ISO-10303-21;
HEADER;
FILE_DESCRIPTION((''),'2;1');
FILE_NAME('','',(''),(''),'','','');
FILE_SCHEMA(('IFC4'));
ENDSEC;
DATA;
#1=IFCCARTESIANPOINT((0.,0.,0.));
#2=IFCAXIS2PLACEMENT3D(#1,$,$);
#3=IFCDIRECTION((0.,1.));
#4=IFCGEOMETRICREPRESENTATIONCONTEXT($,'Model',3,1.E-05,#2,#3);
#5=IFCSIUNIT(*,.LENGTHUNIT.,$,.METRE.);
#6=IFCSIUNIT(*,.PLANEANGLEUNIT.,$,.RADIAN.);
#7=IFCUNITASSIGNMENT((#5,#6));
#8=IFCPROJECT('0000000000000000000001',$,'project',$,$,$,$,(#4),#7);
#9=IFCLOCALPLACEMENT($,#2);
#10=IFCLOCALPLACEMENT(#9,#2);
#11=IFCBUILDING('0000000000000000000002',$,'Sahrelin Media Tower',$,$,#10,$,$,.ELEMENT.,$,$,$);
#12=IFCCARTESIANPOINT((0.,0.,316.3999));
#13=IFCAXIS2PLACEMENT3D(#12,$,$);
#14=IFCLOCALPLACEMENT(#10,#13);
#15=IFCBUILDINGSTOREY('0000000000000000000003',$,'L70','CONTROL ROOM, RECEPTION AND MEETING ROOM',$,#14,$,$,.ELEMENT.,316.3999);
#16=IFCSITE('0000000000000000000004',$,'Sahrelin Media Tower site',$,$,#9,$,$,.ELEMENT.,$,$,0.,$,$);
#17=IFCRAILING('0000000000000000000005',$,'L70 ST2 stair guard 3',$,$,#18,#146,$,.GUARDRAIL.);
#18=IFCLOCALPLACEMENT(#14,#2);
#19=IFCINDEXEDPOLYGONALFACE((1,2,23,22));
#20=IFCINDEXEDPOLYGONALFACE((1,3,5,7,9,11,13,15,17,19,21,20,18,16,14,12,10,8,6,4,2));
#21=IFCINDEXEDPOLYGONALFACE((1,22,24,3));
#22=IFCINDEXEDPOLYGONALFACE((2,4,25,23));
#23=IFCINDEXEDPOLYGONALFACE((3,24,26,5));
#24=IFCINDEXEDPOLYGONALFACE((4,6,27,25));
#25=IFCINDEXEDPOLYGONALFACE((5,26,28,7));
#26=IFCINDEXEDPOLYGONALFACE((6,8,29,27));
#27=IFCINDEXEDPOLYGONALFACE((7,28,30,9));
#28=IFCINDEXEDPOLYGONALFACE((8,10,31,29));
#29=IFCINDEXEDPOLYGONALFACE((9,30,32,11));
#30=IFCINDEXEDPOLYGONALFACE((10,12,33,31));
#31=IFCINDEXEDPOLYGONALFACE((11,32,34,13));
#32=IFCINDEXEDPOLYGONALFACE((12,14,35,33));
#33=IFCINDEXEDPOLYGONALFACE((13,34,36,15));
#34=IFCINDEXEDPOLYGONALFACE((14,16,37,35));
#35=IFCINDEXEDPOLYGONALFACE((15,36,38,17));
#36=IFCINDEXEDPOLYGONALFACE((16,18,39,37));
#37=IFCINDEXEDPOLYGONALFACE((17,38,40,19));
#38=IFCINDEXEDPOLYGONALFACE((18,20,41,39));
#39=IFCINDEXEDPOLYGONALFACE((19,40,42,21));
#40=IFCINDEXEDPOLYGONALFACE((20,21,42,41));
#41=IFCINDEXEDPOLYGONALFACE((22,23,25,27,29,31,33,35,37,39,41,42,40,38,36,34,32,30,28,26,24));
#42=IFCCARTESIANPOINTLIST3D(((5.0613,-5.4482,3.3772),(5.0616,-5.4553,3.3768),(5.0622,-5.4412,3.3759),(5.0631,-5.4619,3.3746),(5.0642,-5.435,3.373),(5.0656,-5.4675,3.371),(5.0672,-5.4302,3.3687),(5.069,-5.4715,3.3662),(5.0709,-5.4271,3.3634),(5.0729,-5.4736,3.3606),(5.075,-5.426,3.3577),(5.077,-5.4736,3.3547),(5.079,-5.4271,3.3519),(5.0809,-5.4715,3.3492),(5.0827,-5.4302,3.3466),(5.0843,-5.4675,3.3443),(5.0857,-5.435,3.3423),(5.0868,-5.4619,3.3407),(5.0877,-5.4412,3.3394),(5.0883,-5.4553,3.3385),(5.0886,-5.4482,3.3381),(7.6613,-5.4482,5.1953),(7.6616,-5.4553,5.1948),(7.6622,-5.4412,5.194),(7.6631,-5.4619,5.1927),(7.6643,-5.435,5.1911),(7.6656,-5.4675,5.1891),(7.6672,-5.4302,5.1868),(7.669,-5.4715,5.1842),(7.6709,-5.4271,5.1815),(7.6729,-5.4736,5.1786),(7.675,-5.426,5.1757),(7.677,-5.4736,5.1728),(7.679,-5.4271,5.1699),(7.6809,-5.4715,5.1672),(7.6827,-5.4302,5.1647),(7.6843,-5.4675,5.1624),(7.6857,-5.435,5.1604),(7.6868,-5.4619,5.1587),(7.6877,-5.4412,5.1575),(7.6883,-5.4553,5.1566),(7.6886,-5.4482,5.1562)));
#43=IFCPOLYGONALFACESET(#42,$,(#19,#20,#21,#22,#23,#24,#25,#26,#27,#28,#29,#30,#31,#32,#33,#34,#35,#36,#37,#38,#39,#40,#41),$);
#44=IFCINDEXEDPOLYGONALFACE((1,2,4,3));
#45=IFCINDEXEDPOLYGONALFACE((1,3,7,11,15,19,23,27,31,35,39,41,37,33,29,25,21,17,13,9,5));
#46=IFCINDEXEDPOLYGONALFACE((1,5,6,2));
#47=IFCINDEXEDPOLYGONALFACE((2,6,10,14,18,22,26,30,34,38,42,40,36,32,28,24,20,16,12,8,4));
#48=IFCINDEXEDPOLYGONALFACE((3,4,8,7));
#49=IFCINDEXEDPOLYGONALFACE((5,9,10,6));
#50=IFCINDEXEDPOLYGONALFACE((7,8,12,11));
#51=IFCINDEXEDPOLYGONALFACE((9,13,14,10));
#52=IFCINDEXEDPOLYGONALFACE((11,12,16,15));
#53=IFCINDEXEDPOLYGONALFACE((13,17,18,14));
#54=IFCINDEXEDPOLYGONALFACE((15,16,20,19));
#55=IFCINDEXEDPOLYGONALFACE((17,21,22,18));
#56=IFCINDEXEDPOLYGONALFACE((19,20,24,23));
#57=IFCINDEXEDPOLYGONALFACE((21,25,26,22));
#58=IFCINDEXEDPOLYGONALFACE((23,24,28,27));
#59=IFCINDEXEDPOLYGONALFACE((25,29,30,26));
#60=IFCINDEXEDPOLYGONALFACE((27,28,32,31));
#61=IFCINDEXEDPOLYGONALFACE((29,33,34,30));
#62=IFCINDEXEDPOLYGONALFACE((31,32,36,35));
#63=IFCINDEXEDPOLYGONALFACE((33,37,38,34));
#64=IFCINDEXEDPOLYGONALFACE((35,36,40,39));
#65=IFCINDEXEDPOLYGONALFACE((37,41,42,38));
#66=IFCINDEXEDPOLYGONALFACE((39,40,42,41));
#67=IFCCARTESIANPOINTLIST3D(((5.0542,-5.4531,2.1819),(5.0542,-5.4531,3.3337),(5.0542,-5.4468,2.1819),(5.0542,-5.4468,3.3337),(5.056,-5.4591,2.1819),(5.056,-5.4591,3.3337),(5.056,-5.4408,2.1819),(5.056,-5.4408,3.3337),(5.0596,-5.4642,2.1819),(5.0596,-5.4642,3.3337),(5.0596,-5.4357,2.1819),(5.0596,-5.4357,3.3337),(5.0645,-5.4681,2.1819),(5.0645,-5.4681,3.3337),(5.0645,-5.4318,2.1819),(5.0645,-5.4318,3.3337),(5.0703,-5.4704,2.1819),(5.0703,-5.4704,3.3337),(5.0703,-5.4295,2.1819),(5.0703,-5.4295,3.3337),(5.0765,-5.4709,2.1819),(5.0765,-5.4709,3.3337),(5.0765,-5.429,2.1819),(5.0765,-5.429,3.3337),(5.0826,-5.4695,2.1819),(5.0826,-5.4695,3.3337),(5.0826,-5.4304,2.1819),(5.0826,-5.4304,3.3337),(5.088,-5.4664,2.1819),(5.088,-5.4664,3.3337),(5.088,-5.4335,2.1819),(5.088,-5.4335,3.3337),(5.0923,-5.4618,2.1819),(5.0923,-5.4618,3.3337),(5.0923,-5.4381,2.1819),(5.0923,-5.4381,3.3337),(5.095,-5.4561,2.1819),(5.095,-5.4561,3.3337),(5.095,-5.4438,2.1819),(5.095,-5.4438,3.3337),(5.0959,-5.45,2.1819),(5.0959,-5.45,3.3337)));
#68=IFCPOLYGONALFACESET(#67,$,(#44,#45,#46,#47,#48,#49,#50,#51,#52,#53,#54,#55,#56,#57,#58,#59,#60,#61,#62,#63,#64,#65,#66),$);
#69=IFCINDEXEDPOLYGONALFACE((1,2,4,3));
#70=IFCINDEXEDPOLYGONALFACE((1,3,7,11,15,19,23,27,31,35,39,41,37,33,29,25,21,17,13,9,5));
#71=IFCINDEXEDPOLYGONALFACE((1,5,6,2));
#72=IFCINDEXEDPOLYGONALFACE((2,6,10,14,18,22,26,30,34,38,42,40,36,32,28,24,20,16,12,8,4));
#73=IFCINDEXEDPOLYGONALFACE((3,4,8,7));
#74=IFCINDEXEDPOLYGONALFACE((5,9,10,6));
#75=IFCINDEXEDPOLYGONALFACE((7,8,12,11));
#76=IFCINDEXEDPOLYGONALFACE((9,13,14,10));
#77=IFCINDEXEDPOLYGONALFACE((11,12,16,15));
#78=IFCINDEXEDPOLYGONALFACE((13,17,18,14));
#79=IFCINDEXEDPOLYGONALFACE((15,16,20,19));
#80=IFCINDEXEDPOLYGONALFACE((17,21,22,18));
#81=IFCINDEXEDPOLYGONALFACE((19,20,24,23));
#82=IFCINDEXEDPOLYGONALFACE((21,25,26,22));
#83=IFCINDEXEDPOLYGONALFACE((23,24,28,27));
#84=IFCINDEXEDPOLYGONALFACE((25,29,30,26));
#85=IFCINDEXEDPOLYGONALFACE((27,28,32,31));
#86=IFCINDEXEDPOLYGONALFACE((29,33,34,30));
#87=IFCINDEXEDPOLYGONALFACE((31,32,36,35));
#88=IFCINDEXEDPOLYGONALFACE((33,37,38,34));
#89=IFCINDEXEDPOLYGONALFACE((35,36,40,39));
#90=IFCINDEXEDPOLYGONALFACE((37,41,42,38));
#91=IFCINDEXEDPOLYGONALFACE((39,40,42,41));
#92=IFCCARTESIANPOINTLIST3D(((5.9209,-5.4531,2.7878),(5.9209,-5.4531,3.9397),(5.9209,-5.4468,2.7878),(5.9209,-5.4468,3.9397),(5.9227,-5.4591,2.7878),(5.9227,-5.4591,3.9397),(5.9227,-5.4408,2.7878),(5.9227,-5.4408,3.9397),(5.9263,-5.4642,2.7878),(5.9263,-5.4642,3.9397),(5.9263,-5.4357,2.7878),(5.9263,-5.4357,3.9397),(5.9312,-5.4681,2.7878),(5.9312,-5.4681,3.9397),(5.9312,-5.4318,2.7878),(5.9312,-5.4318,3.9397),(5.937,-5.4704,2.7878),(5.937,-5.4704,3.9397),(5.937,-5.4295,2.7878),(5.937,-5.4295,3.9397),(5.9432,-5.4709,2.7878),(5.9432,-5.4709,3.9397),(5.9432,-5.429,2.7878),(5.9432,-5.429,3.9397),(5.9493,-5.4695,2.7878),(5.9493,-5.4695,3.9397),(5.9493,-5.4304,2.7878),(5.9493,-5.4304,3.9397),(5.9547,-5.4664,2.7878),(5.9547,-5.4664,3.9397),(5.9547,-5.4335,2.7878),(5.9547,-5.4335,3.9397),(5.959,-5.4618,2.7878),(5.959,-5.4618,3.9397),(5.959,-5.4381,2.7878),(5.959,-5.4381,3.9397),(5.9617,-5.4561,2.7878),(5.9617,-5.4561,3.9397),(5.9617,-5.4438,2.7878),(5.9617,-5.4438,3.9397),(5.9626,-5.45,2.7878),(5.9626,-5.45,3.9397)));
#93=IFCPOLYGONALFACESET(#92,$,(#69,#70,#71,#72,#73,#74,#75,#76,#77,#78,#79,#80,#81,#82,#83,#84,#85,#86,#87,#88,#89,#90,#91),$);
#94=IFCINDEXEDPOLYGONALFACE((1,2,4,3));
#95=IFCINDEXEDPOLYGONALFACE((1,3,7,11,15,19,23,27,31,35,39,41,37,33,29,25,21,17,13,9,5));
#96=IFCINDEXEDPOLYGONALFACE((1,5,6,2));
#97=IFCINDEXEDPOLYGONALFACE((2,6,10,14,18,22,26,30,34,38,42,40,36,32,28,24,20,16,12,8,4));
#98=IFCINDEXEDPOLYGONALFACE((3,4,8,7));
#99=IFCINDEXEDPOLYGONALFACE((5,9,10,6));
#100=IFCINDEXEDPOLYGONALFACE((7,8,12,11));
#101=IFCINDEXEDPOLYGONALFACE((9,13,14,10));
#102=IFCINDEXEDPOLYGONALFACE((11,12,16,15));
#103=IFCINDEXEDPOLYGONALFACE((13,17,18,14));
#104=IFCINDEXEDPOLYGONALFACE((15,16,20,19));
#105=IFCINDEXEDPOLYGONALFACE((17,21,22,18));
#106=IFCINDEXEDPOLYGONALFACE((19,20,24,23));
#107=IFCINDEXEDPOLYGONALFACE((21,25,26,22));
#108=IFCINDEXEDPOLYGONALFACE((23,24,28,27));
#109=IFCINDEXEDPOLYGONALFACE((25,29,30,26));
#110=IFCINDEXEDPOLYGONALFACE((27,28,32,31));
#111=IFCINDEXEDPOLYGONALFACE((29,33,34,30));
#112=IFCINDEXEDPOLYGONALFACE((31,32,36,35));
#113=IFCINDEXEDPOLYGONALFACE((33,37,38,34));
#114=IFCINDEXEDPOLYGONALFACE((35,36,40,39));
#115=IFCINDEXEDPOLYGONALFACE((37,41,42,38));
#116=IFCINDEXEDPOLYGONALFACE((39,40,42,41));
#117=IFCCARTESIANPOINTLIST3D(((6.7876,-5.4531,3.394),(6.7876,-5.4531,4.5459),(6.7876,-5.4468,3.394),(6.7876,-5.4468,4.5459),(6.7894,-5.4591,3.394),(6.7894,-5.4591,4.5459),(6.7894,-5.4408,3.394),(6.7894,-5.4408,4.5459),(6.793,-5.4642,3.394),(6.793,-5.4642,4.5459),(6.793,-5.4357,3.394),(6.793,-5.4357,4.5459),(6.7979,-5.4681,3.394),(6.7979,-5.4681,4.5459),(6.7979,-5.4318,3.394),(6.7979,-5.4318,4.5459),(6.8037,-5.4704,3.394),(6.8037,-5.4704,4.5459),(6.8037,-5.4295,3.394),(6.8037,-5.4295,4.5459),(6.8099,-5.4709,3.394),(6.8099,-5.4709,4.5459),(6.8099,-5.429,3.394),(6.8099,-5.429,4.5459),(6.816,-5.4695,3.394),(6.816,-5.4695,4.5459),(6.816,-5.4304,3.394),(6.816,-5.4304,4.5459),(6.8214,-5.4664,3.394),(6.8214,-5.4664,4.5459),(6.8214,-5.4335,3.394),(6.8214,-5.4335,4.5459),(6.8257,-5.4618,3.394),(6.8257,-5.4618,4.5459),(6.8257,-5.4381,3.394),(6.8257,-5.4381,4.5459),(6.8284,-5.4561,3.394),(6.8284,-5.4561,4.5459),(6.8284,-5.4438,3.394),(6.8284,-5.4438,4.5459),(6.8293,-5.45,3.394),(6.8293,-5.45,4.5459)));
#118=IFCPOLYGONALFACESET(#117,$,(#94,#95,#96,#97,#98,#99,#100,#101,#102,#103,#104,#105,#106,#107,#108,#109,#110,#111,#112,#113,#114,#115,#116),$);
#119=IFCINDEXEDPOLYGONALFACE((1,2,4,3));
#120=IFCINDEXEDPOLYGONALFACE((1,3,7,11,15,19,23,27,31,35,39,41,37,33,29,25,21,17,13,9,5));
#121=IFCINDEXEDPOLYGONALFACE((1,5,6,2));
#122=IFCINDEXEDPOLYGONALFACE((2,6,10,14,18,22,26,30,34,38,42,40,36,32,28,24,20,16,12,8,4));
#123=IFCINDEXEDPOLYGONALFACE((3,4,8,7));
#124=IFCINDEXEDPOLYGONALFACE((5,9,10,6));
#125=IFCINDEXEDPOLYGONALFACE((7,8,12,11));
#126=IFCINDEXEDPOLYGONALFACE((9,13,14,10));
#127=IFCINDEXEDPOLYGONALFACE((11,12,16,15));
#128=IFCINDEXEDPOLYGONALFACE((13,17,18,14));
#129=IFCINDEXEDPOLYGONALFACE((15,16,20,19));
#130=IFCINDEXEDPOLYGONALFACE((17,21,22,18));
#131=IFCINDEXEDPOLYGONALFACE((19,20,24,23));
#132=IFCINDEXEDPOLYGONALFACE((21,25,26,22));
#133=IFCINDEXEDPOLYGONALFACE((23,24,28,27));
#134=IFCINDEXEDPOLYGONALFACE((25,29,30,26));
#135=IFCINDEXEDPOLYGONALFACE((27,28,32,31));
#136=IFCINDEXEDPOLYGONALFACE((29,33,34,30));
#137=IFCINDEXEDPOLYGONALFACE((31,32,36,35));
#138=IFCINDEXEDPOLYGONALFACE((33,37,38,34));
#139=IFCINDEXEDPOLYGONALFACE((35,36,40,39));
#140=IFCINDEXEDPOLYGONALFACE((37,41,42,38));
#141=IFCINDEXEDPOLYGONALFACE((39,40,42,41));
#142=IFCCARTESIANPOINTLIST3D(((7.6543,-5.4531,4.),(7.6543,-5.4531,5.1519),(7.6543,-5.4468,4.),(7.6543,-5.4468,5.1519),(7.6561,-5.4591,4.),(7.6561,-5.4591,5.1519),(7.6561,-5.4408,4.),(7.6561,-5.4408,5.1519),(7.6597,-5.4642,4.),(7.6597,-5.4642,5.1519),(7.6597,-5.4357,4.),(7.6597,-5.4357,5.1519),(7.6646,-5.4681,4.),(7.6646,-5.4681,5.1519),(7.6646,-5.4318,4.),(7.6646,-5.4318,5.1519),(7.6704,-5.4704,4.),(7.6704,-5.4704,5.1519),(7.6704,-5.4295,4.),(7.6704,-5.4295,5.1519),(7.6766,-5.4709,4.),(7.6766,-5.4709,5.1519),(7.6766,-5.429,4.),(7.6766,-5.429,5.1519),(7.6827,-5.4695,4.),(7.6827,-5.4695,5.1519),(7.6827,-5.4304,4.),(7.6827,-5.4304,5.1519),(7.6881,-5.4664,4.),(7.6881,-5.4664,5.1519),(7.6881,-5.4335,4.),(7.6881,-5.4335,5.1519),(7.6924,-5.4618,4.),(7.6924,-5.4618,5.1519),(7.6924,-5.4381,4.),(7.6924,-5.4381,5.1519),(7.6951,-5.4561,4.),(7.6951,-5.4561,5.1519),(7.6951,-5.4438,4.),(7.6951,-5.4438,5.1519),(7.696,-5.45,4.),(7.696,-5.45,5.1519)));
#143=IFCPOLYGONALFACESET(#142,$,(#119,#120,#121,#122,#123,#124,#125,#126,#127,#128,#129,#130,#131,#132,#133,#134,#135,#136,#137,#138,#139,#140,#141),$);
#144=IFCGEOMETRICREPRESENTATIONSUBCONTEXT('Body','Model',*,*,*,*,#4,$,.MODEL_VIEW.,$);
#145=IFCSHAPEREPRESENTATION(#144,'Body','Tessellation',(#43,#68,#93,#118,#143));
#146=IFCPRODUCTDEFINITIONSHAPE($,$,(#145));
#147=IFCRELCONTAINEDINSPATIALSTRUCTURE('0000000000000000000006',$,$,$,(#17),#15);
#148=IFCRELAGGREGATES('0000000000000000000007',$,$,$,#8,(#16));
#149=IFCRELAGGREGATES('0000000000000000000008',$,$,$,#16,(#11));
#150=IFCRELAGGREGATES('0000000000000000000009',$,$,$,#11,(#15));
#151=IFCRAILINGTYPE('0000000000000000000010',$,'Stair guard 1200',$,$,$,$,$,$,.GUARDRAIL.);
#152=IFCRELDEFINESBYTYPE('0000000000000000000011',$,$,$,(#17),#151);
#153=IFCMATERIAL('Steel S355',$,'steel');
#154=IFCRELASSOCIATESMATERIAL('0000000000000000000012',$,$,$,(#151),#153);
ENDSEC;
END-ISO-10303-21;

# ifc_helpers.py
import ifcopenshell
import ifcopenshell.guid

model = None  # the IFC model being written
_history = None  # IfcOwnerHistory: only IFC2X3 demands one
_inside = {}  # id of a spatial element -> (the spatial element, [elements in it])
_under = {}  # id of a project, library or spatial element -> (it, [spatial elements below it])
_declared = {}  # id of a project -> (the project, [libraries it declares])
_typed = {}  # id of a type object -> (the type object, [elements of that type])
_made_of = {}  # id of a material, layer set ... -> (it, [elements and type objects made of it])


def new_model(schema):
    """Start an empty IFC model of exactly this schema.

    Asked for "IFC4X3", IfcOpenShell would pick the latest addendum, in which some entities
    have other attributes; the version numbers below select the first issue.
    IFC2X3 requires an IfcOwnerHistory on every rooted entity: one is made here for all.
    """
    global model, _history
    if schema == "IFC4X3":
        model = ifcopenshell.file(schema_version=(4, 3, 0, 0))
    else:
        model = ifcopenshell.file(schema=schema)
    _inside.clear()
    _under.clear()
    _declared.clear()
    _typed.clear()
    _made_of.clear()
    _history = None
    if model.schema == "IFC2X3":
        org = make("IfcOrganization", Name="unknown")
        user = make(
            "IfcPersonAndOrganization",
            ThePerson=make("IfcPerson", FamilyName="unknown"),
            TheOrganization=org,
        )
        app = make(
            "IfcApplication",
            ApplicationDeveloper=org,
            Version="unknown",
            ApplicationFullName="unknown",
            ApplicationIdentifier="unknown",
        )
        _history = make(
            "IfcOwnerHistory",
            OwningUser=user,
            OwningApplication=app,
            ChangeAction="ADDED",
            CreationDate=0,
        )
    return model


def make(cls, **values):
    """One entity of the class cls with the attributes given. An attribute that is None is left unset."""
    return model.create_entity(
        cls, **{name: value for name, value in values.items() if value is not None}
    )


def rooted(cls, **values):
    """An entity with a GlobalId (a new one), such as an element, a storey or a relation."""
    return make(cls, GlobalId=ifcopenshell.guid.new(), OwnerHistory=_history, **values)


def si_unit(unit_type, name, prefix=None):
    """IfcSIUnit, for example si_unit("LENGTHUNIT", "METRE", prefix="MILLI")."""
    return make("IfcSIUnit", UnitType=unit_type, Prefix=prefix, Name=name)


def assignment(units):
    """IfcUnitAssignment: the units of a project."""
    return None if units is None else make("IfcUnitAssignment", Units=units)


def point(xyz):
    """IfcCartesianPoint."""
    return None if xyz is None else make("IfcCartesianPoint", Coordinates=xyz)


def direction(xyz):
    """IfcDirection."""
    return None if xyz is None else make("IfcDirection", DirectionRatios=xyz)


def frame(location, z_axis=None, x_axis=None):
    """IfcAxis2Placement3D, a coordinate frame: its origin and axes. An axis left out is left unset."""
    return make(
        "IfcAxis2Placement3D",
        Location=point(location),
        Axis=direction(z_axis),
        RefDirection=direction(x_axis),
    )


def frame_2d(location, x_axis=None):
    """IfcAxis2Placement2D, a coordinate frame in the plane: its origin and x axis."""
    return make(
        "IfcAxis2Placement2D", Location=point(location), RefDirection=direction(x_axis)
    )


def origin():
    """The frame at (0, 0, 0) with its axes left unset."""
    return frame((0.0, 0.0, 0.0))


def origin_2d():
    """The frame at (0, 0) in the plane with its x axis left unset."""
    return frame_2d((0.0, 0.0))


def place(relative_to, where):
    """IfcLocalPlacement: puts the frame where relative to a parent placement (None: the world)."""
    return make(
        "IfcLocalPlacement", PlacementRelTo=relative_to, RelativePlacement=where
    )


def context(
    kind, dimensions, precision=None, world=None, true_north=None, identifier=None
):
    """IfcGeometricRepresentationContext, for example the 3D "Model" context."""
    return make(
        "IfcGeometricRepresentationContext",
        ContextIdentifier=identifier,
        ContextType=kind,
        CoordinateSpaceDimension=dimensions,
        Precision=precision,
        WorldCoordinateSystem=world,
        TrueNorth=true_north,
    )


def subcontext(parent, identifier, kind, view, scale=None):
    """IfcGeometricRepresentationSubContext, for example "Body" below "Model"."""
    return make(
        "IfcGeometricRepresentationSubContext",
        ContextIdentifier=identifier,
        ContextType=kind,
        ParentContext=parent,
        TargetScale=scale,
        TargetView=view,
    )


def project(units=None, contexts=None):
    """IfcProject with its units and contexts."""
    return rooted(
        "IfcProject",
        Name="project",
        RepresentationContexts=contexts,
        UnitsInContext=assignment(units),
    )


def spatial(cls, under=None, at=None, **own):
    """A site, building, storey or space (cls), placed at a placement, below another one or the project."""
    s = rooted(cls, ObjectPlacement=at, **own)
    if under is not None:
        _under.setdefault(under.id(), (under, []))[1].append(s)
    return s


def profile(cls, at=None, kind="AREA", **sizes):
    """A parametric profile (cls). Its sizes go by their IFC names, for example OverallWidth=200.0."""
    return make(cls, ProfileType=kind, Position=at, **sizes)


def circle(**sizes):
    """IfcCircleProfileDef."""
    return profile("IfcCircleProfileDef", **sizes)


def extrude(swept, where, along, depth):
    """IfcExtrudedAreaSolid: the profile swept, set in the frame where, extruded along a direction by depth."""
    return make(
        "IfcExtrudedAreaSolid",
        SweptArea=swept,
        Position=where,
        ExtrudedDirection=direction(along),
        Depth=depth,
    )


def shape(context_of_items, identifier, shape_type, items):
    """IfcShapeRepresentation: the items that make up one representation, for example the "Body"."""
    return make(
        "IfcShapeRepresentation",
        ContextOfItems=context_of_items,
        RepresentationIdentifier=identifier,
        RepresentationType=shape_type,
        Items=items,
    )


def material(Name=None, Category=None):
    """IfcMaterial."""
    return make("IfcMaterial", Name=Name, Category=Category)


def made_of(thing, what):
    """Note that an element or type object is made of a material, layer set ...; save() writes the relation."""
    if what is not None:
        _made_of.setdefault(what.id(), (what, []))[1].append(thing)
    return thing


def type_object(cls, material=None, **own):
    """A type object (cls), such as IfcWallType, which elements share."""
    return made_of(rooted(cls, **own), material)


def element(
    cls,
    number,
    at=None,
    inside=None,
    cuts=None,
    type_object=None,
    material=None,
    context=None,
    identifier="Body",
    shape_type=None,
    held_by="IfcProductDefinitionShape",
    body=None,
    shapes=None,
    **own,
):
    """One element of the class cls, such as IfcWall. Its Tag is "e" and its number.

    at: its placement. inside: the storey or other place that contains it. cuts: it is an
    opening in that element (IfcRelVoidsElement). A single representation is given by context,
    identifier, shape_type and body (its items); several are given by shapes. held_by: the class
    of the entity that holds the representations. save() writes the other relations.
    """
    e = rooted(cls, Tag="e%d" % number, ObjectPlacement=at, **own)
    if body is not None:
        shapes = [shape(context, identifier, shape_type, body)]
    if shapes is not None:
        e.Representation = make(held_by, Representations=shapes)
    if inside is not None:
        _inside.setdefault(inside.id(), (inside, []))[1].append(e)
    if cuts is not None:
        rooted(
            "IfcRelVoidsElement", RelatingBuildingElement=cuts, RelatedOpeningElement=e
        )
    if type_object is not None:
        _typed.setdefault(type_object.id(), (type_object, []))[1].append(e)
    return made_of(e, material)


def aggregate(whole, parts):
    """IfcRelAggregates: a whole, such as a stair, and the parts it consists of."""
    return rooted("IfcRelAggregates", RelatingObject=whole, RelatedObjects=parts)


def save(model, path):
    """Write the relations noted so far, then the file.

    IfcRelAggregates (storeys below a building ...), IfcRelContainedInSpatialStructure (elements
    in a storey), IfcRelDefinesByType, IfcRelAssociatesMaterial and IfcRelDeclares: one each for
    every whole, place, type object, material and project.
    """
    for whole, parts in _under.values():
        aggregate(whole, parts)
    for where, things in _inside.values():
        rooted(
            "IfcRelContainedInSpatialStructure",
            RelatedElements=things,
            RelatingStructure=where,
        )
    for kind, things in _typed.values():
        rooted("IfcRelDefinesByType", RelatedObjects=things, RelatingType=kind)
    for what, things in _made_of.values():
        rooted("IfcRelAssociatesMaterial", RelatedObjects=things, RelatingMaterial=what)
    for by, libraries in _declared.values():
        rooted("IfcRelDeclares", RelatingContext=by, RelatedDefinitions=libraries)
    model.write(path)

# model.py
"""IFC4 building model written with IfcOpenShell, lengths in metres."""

from ifc_helpers import new_model, si_unit, direction, frame, origin, origin_2d, place, context, subcontext, project, spatial, circle, extrude, material, type_object, element, save


model = new_model("IFC4")

# Units and contexts
model_context = context("Model", 3, precision=1e-05, world=origin(), true_north=direction((0.0, 1.0)))
body_context = subcontext(model_context, "Body", "Model", "MODEL_VIEW")
ifc_project = project(units=[si_unit("LENGTHUNIT", "METRE"), si_unit("PLANEANGLEUNIT", "RADIAN")], contexts=[model_context])

# Site, building, storey
site_placement = place(None, origin())
site = spatial("IfcSite", under=ifc_project, at=site_placement, Name="Sahrelin Media Tower site", CompositionType="ELEMENT", RefElevation=0.0)
building_placement = place(site_placement, origin())
building = spatial("IfcBuilding", under=site, at=building_placement, Name="Sahrelin Media Tower", CompositionType="ELEMENT")
storey_placement = place(building_placement, frame((0.0, 0.0, 316.3999)))
storey = spatial("IfcBuildingStorey", under=building, at=storey_placement, Name="L70", Description="CONTROL ROOM, RECEPTION AND MEETING ROOM", CompositionType="ELEMENT", Elevation=316.3999)

# Shared definitions
ifc_material_1 = material(Name="Steel S355", Category="steel")

# Railing
railing_type_1 = type_object("IfcRailingType", Name="Stair guard 1200", PredefinedType="GUARDRAIL", material=ifc_material_1)
railing_1_placement = place(storey_placement, frame((5.075, -5.45, 2.1819)))
element("IfcRailing", 1, at=railing_1_placement, inside=storey, type_object=railing_type_1, Name="L70 ST2 stair guard 3", PredefinedType="GUARDRAIL", context=body_context, shape_type="SweptSolid", body=[
    extrude(circle(Radius=0.0239, at=origin_2d()), frame((0.0, 0.0, 1.1758), z_axis=(0.819521, 0.0, 0.573049), x_axis=(0.0, 1.0, 0.0)), (0.0, 0.0, 1.0), 3.1726),
    extrude(circle(Radius=0.021, at=origin_2d()), origin(), (0.0, 0.0, 1.0), 1.1519),
    extrude(circle(Radius=0.021, at=origin_2d()), frame((0.8667, 0.0, 0.606)), (0.0, 0.0, 1.0), 1.1519),
    extrude(circle(Radius=0.021, at=origin_2d()), frame((1.7334, 0.0, 1.2122)), (0.0, 0.0, 1.0), 1.1519),
    extrude(circle(Radius=0.021, at=origin_2d()), frame((2.6001, 0.0, 1.8181)), (0.0, 0.0, 1.0), 1.1519),
])

save(model, "model.ifc")
